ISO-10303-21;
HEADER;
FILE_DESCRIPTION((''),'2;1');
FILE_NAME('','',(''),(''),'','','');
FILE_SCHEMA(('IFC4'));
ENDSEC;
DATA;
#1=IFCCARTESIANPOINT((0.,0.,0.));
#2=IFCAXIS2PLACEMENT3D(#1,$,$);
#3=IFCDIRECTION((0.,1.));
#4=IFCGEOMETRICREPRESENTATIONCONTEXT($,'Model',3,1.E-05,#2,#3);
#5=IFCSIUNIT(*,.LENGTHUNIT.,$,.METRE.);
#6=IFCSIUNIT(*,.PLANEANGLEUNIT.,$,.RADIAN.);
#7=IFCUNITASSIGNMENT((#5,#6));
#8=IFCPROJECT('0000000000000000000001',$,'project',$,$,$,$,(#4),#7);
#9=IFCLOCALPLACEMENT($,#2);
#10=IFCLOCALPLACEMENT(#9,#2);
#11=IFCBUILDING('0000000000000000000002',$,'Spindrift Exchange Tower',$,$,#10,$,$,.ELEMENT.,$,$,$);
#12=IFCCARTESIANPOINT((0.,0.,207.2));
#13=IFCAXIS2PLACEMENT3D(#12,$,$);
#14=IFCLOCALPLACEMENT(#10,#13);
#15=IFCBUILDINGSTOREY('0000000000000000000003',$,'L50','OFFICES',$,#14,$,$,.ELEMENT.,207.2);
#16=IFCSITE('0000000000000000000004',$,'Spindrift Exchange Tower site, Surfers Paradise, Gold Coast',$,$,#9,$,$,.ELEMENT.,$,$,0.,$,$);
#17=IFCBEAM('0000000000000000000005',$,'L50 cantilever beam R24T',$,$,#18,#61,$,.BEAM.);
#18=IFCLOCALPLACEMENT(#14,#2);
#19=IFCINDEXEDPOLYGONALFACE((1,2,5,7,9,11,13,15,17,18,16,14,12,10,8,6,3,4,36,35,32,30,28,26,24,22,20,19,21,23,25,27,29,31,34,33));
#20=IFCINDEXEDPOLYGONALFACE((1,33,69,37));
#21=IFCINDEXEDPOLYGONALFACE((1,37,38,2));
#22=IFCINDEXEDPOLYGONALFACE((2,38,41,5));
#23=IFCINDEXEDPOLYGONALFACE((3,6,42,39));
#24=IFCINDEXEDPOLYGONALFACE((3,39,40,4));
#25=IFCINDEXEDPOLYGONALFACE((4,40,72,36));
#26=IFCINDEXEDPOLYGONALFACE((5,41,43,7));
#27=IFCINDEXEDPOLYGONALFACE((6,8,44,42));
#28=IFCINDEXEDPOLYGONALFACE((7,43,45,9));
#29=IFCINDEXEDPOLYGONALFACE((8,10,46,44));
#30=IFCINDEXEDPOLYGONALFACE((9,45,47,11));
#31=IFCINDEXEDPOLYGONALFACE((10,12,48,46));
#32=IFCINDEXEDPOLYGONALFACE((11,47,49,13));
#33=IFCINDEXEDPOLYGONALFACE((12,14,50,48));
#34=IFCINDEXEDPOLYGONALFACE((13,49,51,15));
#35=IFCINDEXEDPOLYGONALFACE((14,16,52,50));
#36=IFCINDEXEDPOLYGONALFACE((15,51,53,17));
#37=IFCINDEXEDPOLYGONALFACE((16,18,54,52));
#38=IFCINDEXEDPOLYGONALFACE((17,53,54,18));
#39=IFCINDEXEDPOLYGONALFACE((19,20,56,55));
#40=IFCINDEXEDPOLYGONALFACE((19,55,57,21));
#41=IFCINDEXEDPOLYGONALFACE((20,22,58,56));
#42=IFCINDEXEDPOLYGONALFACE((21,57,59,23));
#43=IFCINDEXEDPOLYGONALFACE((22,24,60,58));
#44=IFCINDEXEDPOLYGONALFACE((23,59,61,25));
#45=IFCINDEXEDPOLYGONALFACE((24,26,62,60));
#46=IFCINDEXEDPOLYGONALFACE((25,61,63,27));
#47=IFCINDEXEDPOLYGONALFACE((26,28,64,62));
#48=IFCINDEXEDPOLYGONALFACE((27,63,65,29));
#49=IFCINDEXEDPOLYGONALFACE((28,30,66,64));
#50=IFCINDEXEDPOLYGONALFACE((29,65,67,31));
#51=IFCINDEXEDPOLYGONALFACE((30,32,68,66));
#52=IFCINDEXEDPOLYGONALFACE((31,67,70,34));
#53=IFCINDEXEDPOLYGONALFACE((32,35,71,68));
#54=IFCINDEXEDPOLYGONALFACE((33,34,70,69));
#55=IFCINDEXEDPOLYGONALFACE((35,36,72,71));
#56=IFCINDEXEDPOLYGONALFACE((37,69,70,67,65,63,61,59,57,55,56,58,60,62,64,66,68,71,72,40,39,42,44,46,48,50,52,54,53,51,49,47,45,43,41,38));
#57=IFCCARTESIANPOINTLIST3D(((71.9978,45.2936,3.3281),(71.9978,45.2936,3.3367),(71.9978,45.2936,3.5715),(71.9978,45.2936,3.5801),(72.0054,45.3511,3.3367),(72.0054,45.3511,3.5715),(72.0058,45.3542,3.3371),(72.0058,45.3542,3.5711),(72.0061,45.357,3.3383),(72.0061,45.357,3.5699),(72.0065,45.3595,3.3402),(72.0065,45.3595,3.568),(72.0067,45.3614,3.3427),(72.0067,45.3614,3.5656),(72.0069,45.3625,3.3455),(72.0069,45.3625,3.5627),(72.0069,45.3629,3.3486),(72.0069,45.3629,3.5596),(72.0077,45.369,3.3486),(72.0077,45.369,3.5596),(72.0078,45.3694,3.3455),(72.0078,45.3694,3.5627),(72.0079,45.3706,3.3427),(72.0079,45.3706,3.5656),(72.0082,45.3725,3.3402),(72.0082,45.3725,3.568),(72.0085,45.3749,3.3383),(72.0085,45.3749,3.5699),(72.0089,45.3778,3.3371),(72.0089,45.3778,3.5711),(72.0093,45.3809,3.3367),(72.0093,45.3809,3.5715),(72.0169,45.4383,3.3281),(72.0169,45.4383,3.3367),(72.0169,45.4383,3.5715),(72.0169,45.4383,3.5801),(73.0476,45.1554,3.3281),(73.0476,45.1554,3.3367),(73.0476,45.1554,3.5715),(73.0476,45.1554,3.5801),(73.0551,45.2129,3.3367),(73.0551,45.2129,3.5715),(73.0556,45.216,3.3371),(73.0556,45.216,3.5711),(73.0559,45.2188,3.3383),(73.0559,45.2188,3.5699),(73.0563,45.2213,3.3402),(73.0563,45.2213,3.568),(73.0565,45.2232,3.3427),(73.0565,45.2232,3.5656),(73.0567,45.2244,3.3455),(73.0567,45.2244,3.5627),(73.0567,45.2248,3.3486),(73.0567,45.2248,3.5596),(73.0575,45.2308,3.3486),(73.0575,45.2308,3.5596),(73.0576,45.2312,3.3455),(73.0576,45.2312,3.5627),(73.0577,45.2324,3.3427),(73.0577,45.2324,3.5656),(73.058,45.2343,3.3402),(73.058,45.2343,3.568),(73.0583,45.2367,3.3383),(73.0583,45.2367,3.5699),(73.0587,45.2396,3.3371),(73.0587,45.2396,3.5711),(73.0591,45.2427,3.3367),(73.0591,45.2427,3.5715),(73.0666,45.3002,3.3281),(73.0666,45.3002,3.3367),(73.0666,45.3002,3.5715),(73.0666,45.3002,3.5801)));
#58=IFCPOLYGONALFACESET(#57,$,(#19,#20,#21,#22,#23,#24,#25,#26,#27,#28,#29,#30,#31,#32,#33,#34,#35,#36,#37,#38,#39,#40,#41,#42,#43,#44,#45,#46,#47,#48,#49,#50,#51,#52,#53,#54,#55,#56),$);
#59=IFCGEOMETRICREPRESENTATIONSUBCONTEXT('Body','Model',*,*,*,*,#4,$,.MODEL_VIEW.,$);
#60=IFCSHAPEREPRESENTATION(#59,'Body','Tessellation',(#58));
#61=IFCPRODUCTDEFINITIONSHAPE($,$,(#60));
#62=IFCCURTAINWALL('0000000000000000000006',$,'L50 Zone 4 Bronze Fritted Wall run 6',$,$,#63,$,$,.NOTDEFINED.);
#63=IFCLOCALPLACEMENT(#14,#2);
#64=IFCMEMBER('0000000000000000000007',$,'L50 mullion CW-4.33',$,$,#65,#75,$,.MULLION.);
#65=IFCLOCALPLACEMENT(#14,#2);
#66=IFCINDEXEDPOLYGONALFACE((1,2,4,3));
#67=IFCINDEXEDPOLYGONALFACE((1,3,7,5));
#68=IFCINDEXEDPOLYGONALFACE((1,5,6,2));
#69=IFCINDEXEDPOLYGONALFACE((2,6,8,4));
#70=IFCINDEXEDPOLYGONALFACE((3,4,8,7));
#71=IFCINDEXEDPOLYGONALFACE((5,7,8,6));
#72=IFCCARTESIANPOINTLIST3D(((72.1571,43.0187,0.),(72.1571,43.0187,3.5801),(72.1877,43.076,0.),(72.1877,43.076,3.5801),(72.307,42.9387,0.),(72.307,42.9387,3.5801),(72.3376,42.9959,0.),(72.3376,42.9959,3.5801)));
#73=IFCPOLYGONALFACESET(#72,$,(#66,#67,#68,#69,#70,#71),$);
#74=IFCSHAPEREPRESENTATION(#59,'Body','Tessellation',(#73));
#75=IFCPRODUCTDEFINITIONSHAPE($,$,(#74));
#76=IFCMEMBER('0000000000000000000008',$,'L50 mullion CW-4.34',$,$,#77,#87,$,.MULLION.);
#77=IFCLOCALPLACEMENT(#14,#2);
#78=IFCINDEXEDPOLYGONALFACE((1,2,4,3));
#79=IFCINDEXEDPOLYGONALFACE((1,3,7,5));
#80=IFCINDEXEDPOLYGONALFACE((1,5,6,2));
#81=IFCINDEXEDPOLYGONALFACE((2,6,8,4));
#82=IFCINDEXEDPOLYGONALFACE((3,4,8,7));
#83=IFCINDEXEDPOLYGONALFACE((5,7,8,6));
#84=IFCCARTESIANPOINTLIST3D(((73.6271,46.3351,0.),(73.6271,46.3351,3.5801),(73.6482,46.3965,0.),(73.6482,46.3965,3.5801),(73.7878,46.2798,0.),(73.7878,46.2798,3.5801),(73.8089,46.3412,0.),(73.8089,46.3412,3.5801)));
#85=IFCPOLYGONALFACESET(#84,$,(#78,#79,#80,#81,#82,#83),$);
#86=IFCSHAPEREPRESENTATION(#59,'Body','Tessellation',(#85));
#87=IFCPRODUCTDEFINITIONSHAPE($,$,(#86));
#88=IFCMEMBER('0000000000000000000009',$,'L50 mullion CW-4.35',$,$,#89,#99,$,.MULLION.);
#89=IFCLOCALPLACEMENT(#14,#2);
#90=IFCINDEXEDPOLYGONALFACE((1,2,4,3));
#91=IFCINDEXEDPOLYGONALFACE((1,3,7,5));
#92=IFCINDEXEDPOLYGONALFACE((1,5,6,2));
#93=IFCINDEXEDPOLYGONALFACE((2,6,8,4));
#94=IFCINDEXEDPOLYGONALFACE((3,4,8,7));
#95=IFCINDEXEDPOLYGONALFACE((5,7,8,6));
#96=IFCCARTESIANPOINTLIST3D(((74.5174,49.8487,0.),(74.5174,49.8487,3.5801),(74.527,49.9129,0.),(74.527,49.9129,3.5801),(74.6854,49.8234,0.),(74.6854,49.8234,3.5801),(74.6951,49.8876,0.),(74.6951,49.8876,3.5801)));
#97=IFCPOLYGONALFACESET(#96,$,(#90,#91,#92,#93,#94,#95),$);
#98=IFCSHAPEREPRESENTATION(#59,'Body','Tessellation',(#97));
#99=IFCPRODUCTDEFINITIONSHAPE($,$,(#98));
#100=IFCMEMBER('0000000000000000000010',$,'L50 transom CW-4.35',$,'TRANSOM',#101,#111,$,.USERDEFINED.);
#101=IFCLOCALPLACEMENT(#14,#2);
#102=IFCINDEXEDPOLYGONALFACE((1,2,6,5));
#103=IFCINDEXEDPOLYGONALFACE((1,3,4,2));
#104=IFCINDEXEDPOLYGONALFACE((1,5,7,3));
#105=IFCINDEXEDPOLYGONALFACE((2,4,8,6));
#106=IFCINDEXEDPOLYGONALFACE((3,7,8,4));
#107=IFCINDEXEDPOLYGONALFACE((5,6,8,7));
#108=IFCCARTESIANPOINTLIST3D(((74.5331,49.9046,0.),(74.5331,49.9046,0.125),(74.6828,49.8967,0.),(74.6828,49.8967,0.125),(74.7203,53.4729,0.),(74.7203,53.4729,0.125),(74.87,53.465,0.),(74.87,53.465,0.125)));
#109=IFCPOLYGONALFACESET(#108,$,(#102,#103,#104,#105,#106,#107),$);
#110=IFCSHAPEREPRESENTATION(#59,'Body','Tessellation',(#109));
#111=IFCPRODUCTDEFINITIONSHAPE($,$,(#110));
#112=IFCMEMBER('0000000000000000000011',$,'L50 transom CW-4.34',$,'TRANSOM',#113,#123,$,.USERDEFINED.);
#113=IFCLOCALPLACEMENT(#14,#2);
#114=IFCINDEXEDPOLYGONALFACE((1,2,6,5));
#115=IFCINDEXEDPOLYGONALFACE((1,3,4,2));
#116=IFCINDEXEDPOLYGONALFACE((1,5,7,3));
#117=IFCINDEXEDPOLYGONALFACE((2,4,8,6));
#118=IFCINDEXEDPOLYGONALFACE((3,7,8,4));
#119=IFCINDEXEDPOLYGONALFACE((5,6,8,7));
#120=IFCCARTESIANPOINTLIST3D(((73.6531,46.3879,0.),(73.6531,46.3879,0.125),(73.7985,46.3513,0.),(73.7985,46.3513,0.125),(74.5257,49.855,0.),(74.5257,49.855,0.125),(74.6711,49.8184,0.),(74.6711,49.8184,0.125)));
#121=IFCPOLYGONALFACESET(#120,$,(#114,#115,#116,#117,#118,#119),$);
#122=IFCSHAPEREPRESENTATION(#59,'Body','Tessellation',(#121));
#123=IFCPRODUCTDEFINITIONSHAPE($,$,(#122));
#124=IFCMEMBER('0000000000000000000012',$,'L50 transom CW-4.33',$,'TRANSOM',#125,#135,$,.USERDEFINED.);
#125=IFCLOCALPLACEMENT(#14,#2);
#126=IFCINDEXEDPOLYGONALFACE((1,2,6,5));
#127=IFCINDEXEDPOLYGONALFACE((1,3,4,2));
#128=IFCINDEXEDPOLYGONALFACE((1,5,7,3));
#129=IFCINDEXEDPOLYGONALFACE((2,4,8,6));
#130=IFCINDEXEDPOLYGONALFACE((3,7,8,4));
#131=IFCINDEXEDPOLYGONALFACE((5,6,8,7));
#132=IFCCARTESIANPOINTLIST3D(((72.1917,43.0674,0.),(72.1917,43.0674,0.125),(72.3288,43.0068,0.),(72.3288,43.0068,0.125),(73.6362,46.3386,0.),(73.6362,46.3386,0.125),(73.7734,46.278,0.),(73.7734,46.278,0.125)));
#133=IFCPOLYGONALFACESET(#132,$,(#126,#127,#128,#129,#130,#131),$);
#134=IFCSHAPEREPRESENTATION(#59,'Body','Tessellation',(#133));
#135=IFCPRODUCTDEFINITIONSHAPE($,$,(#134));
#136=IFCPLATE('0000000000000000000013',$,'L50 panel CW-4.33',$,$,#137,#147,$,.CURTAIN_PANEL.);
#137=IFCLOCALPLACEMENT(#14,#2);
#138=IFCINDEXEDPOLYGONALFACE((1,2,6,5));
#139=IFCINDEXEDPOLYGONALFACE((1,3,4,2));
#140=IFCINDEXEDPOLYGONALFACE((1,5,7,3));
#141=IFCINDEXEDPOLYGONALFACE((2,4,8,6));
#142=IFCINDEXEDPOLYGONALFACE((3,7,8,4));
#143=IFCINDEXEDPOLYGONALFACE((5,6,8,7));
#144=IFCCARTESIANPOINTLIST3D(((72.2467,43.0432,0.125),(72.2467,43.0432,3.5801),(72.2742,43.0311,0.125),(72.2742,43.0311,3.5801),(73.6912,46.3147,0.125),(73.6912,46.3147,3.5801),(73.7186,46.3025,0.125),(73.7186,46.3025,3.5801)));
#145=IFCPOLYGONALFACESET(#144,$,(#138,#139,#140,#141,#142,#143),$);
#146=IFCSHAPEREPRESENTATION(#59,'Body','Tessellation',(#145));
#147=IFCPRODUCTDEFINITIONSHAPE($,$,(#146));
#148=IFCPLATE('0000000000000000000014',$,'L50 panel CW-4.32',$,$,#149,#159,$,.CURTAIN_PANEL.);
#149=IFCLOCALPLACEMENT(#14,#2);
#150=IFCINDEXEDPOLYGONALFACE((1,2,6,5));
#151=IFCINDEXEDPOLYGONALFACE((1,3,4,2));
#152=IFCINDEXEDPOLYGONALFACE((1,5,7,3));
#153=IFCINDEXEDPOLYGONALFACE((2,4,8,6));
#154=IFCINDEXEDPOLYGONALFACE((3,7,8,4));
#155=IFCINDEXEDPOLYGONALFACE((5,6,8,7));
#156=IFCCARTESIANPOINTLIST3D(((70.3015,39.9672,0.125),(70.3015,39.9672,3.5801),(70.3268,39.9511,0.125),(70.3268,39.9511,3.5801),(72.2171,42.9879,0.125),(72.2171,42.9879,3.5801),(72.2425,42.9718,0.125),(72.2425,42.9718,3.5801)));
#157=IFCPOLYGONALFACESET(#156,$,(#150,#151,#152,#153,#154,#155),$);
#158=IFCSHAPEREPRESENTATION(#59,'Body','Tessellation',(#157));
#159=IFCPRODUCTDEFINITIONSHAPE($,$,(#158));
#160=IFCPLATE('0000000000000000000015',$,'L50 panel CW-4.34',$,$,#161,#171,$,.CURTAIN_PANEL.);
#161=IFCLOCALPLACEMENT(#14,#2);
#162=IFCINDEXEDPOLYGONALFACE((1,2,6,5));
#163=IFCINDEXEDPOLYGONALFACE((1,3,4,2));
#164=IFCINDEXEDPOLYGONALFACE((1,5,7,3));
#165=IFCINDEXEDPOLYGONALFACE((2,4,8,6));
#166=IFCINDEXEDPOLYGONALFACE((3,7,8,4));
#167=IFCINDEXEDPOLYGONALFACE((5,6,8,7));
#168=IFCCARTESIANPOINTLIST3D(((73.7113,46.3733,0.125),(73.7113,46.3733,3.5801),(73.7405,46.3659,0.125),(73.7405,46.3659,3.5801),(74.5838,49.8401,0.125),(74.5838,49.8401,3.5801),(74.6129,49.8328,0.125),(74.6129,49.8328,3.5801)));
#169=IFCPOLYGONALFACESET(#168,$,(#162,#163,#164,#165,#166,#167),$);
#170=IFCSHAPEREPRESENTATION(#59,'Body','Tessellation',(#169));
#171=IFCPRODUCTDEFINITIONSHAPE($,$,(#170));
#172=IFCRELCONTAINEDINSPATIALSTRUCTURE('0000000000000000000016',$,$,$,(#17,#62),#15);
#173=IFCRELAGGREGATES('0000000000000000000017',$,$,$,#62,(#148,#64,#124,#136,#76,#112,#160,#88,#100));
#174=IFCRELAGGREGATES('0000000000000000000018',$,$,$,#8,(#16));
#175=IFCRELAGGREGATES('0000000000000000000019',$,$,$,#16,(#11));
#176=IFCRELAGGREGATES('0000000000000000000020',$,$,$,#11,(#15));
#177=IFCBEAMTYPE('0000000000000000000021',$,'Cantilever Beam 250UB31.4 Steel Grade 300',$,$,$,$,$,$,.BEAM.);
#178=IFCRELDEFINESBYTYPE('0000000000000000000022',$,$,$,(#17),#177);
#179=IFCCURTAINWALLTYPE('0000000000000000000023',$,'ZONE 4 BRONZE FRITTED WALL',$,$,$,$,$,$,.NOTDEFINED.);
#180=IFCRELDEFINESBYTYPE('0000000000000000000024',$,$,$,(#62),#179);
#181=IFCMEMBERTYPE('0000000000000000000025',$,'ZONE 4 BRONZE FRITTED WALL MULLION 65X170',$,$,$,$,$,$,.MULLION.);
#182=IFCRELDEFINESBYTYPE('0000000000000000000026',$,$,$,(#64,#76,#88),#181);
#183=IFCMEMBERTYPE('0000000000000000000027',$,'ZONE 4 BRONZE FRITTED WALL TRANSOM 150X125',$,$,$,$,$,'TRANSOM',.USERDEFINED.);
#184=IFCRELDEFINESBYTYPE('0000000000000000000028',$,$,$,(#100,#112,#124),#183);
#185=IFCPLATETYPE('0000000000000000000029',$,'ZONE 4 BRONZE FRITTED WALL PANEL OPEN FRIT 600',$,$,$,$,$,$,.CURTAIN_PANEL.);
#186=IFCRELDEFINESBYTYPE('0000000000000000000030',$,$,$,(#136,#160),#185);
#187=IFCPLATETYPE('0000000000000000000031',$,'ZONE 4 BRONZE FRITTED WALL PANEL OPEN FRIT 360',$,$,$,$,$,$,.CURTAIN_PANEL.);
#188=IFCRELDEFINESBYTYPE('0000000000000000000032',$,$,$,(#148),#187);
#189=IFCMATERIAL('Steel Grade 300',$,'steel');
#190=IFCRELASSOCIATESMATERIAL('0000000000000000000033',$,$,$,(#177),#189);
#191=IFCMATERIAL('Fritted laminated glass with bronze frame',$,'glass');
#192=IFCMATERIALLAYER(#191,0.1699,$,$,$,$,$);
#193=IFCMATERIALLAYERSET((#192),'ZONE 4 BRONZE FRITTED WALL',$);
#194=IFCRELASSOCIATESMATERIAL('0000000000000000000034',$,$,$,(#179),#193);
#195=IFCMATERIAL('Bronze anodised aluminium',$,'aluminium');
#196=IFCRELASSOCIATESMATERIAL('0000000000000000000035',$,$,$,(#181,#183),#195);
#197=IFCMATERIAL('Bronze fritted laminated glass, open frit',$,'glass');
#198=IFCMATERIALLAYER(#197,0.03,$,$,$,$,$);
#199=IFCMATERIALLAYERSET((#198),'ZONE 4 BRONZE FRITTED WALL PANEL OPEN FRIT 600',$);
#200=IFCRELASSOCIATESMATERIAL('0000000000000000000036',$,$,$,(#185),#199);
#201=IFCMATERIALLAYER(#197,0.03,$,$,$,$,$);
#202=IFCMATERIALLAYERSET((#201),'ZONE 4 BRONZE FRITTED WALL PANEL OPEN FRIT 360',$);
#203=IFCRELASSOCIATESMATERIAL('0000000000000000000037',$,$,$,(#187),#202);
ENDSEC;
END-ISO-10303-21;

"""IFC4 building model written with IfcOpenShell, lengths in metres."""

from ifc_helpers import new_model, si_unit, direction, frame, origin, origin_2d, place, context, subcontext, project, spatial, rectangle, i_section, extrude, source, transform, mapped, material, layer, layer_set, material_profile, profile_set, type_object, element, aggregate, save


model = new_model("IFC4")

# Units and contexts
model_context = context("Model", 3, precision=1e-05, world=origin(), true_north=direction((0.0, 1.0)))
body_context = subcontext(model_context, "Body", "Model", "MODEL_VIEW")
ifc_project = project(units=[si_unit("LENGTHUNIT", "METRE"), si_unit("PLANEANGLEUNIT", "RADIAN")], contexts=[model_context])

# Site, building, storey
site_placement = place(None, origin())
site = spatial("IfcSite", under=ifc_project, at=site_placement, Name="Spindrift Exchange Tower site, Surfers Paradise, Gold Coast", CompositionType="ELEMENT", RefElevation=0.0)
building_placement = place(site_placement, origin())
building = spatial("IfcBuilding", under=site, at=building_placement, Name="Spindrift Exchange Tower", CompositionType="ELEMENT")
storey_placement = place(building_placement, frame((0.0, 0.0, 207.2)))
storey = spatial("IfcBuildingStorey", under=building, at=storey_placement, Name="L50", Description="OFFICES", CompositionType="ELEMENT", Elevation=207.2)

# Beam
ifc_material_1 = material(Name="Steel Grade 300", Category="steel")
ifc_material_profile_1 = material_profile(ifc_material_1, i_section(OverallWidth=0.146, OverallDepth=0.252, WebThickness=0.0061, FlangeThickness=0.0085, FilletRadius=0.012, at=origin_2d()), Name="250UB31.4")
ifc_profile_set_1 = profile_set([ifc_material_profile_1], Name="Steel Grade 300")
beam_type_1 = type_object("IfcBeamType", Name="Cantilever Beam 250UB31.4 Steel Grade 300", PredefinedType="BEAM", material=ifc_profile_set_1)
shared_shape_1 = source(origin(), body_context, "Body", "SweptSolid", [
    extrude(i_section(OverallWidth=0.146, OverallDepth=0.252, WebThickness=0.0061, FlangeThickness=0.0085, FilletRadius=0.012, at=origin_2d()), origin(), (0.0, 0.0, 1.0), 1.0588),
])
beam_1_placement = place(storey_placement, frame((72.0073, 45.366, 3.4541), z_axis=(0.991448, -0.130502, 0.0), x_axis=(0.130502, 0.991448, 0.0)))
element("IfcBeam", 1, at=beam_1_placement, inside=storey, type_object=beam_type_1, Name="L50 cantilever beam R24T", PredefinedType="BEAM", context=body_context, shape_type="MappedRepresentation", body=[
    mapped(shared_shape_1, transform((0.0, 0.0, 0.0), scale=1.0)),
])

# Curtain wall, members, plates
ifc_material_2 = material(Name="Fritted laminated glass with bronze frame", Category="glass")
ifc_layer_1 = layer(ifc_material_2, 0.1699)
ifc_layer_set_1 = layer_set([ifc_layer_1], Name="ZONE 4 BRONZE FRITTED WALL")
curtain_wall_type = type_object("IfcCurtainWallType", Name="ZONE 4 BRONZE FRITTED WALL", PredefinedType="NOTDEFINED", material=ifc_layer_set_1)
curtain_wall_placement = place(storey_placement, origin())
curtain_wall = element("IfcCurtainWall", 2, at=curtain_wall_placement, inside=storey, type_object=curtain_wall_type, Name="L50 Zone 4 Bronze Fritted Wall run 6", PredefinedType="NOTDEFINED")
ifc_material_3 = material(Name="Bronze anodised aluminium", Category="aluminium")
ifc_material_profile_2 = material_profile(ifc_material_3, rectangle(XDim=0.0649, YDim=0.1699, at=origin_2d()), Name="ZONE 4 BRONZE FRITTED WALL MULLION 65X170")
ifc_profile_set_2 = profile_set([ifc_material_profile_2], Name="Bronze anodised aluminium")
member_type_1 = type_object("IfcMemberType", Name="ZONE 4 BRONZE FRITTED WALL MULLION 65X170", PredefinedType="MULLION", material=ifc_profile_set_2)
shared_shape_2 = source(origin(), body_context, "Body", "SweptSolid", [
    extrude(rectangle(XDim=0.0649, YDim=0.1699, at=origin_2d()), origin(), (0.0, 0.0, 1.0), 3.5801),
])
member_1_placement = place(storey_placement, frame((72.2473, 43.0073, 0.0), z_axis=(0.0, 0.0, 1.0), x_axis=(0.471049, 0.882107, 0.0)))
member_1 = element("IfcMember", 3, at=member_1_placement, type_object=member_type_1, Name="L50 mullion CW-4.33", PredefinedType="MULLION", context=body_context, shape_type="MappedRepresentation", body=[
    mapped(shared_shape_2, transform((0.0, 0.0, 0.0), scale=1.0)),
])
member_2_placement = place(storey_placement, frame((73.718, 46.3381, 0.0), z_axis=(0.0, 0.0, 1.0), x_axis=(0.325141, 0.945666, 0.0)))
member_2 = element("IfcMember", 4, at=member_2_placement, type_object=member_type_1, Name="L50 mullion CW-4.34", PredefinedType="MULLION", context=body_context, shape_type="MappedRepresentation", body=[
    mapped(shared_shape_2, transform((0.0, 0.0, 0.0), scale=1.0)),
])
member_3_placement = place(storey_placement, frame((74.6062, 49.8682, 0.0), z_axis=(0.0, 0.0, 1.0), x_axis=(0.148929, 0.988848, 0.0)))
member_3 = element("IfcMember", 5, at=member_3_placement, type_object=member_type_1, Name="L50 mullion CW-4.35", PredefinedType="MULLION", context=body_context, shape_type="MappedRepresentation", body=[
    mapped(shared_shape_2, transform((0.0, 0.0, 0.0), scale=1.0)),
])
ifc_material_profile_3 = material_profile(ifc_material_3, rectangle(XDim=0.1499, YDim=0.125, at=origin_2d()), Name="ZONE 4 BRONZE FRITTED WALL TRANSOM 150X125")
ifc_profile_set_3 = profile_set([ifc_material_profile_3], Name="Bronze anodised aluminium")
member_type_2 = type_object("IfcMemberType", Name="ZONE 4 BRONZE FRITTED WALL TRANSOM 150X125", ElementType="TRANSOM", PredefinedType="USERDEFINED", material=ifc_profile_set_3)
shared_shape_3 = source(origin(), body_context, "Body", "SweptSolid", [
    extrude(rectangle(XDim=0.1499, YDim=0.125, at=origin_2d()), origin(), (0.0, 0.0, 1.0), 3.5732),
])
member_4_placement = place(storey_placement, frame((74.6079, 49.9006, 0.0625), z_axis=(0.052405, 0.998626, 0.0), x_axis=(-0.998626, 0.052405, 0.0)))
member_4 = element("IfcMember", 6, at=member_4_placement, type_object=member_type_2, Name="L50 transom CW-4.35", ObjectType="TRANSOM", PredefinedType="USERDEFINED", context=body_context, shape_type="MappedRepresentation", body=[
    mapped(shared_shape_3, transform((0.0, 0.0, 0.0), scale=1.0)),
])
shared_shape_4 = source(origin(), body_context, "Body", "SweptSolid", [
    extrude(rectangle(XDim=0.1499, YDim=0.125, at=origin_2d()), origin(), (0.0, 0.0, 1.0), 3.5752),
])
member_5_placement = place(storey_placement, frame((73.7258, 46.3696, 0.0625), z_axis=(0.244062, 0.96976, 0.0), x_axis=(-0.96976, 0.244062, 0.0)))
member_5 = element("IfcMember", 7, at=member_5_placement, type_object=member_type_2, Name="L50 transom CW-4.34", ObjectType="TRANSOM", PredefinedType="USERDEFINED", context=body_context, shape_type="MappedRepresentation", body=[
    mapped(shared_shape_4, transform((0.0, 0.0, 0.0), scale=1.0)),
])
shared_shape_5 = source(origin(), body_context, "Body", "SweptSolid", [
    extrude(rectangle(XDim=0.1499, YDim=0.125, at=origin_2d()), origin(), (0.0, 0.0, 1.0), 3.5759),
])
member_6_placement = place(storey_placement, frame((72.2603, 43.0371, 0.0625), z_axis=(0.403965, 0.914775, 0.0), x_axis=(-0.914775, 0.403965, 0.0)))
member_6 = element("IfcMember", 8, at=member_6_placement, type_object=member_type_2, Name="L50 transom CW-4.33", ObjectType="TRANSOM", PredefinedType="USERDEFINED", context=body_context, shape_type="MappedRepresentation", body=[
    mapped(shared_shape_5, transform((0.0, 0.0, 0.0), scale=1.0)),
])
ifc_material_4 = material(Name="Bronze fritted laminated glass, open frit", Category="glass")
ifc_layer_2 = layer(ifc_material_4, 0.03)
ifc_layer_set_2 = layer_set([ifc_layer_2], Name="ZONE 4 BRONZE FRITTED WALL PANEL OPEN FRIT 600")
plate_type_1 = type_object("IfcPlateType", Name="ZONE 4 BRONZE FRITTED WALL PANEL OPEN FRIT 600", PredefinedType="CURTAIN_PANEL", material=ifc_layer_set_2)
shared_shape_6 = source(origin(), body_context, "Body", "SweptSolid", [
    extrude(rectangle(XDim=3.5762, YDim=0.03, at=origin_2d()), origin(), (0.0, 0.0, 1.0), 3.4551),
])
plate_1_placement = place(storey_placement, frame((72.9827, 44.6729, 0.125), z_axis=(0.0, 0.0, 1.0), x_axis=(0.403913, 0.914798, 0.0)))
plate_1 = element("IfcPlate", 9, at=plate_1_placement, type_object=plate_type_1, Name="L50 panel CW-4.33", PredefinedType="CURTAIN_PANEL", context=body_context, shape_type="MappedRepresentation", body=[
    mapped(shared_shape_6, transform((0.0, 0.0, 0.0), scale=1.0)),
])
ifc_layer_3 = layer(ifc_material_4, 0.03)
ifc_layer_set_3 = layer_set([ifc_layer_3], Name="ZONE 4 BRONZE FRITTED WALL PANEL OPEN FRIT 360")
plate_type_2 = type_object("IfcPlateType", Name="ZONE 4 BRONZE FRITTED WALL PANEL OPEN FRIT 360", PredefinedType="CURTAIN_PANEL", material=ifc_layer_set_3)
shared_shape_7 = source(origin(), body_context, "Body", "SweptSolid", [
    extrude(rectangle(XDim=3.5769, YDim=0.03, at=origin_2d()), origin(), (0.0, 0.0, 1.0), 3.4551),
])
plate_2_placement = place(storey_placement, frame((71.272, 41.4695, 0.125), z_axis=(0.0, 0.0, 1.0), x_axis=(0.535559, 0.844498, 0.0)))
plate_2 = element("IfcPlate", 10, at=plate_2_placement, type_object=plate_type_2, Name="L50 panel CW-4.32", PredefinedType="CURTAIN_PANEL", context=body_context, shape_type="MappedRepresentation", body=[
    mapped(shared_shape_7, transform((0.0, 0.0, 0.0), scale=1.0)),
])
shared_shape_8 = source(origin(), body_context, "Body", "SweptSolid", [
    extrude(rectangle(XDim=3.575, YDim=0.03, at=origin_2d()), origin(), (0.0, 0.0, 1.0), 3.4551),
])
plate_3_placement = place(storey_placement, frame((74.1621, 48.103, 0.125), z_axis=(0.0, 0.0, 1.0), x_axis=(0.244042, 0.969765, 0.0)))
plate_3 = element("IfcPlate", 11, at=plate_3_placement, type_object=plate_type_1, Name="L50 panel CW-4.34", PredefinedType="CURTAIN_PANEL", context=body_context, shape_type="MappedRepresentation", body=[
    mapped(shared_shape_8, transform((0.0, 0.0, 0.0), scale=1.0)),
])
aggregate(curtain_wall, [plate_2, member_1, member_6, plate_1, member_2, member_5, plate_3, member_3, member_4])

save(model, "model.ifc")
